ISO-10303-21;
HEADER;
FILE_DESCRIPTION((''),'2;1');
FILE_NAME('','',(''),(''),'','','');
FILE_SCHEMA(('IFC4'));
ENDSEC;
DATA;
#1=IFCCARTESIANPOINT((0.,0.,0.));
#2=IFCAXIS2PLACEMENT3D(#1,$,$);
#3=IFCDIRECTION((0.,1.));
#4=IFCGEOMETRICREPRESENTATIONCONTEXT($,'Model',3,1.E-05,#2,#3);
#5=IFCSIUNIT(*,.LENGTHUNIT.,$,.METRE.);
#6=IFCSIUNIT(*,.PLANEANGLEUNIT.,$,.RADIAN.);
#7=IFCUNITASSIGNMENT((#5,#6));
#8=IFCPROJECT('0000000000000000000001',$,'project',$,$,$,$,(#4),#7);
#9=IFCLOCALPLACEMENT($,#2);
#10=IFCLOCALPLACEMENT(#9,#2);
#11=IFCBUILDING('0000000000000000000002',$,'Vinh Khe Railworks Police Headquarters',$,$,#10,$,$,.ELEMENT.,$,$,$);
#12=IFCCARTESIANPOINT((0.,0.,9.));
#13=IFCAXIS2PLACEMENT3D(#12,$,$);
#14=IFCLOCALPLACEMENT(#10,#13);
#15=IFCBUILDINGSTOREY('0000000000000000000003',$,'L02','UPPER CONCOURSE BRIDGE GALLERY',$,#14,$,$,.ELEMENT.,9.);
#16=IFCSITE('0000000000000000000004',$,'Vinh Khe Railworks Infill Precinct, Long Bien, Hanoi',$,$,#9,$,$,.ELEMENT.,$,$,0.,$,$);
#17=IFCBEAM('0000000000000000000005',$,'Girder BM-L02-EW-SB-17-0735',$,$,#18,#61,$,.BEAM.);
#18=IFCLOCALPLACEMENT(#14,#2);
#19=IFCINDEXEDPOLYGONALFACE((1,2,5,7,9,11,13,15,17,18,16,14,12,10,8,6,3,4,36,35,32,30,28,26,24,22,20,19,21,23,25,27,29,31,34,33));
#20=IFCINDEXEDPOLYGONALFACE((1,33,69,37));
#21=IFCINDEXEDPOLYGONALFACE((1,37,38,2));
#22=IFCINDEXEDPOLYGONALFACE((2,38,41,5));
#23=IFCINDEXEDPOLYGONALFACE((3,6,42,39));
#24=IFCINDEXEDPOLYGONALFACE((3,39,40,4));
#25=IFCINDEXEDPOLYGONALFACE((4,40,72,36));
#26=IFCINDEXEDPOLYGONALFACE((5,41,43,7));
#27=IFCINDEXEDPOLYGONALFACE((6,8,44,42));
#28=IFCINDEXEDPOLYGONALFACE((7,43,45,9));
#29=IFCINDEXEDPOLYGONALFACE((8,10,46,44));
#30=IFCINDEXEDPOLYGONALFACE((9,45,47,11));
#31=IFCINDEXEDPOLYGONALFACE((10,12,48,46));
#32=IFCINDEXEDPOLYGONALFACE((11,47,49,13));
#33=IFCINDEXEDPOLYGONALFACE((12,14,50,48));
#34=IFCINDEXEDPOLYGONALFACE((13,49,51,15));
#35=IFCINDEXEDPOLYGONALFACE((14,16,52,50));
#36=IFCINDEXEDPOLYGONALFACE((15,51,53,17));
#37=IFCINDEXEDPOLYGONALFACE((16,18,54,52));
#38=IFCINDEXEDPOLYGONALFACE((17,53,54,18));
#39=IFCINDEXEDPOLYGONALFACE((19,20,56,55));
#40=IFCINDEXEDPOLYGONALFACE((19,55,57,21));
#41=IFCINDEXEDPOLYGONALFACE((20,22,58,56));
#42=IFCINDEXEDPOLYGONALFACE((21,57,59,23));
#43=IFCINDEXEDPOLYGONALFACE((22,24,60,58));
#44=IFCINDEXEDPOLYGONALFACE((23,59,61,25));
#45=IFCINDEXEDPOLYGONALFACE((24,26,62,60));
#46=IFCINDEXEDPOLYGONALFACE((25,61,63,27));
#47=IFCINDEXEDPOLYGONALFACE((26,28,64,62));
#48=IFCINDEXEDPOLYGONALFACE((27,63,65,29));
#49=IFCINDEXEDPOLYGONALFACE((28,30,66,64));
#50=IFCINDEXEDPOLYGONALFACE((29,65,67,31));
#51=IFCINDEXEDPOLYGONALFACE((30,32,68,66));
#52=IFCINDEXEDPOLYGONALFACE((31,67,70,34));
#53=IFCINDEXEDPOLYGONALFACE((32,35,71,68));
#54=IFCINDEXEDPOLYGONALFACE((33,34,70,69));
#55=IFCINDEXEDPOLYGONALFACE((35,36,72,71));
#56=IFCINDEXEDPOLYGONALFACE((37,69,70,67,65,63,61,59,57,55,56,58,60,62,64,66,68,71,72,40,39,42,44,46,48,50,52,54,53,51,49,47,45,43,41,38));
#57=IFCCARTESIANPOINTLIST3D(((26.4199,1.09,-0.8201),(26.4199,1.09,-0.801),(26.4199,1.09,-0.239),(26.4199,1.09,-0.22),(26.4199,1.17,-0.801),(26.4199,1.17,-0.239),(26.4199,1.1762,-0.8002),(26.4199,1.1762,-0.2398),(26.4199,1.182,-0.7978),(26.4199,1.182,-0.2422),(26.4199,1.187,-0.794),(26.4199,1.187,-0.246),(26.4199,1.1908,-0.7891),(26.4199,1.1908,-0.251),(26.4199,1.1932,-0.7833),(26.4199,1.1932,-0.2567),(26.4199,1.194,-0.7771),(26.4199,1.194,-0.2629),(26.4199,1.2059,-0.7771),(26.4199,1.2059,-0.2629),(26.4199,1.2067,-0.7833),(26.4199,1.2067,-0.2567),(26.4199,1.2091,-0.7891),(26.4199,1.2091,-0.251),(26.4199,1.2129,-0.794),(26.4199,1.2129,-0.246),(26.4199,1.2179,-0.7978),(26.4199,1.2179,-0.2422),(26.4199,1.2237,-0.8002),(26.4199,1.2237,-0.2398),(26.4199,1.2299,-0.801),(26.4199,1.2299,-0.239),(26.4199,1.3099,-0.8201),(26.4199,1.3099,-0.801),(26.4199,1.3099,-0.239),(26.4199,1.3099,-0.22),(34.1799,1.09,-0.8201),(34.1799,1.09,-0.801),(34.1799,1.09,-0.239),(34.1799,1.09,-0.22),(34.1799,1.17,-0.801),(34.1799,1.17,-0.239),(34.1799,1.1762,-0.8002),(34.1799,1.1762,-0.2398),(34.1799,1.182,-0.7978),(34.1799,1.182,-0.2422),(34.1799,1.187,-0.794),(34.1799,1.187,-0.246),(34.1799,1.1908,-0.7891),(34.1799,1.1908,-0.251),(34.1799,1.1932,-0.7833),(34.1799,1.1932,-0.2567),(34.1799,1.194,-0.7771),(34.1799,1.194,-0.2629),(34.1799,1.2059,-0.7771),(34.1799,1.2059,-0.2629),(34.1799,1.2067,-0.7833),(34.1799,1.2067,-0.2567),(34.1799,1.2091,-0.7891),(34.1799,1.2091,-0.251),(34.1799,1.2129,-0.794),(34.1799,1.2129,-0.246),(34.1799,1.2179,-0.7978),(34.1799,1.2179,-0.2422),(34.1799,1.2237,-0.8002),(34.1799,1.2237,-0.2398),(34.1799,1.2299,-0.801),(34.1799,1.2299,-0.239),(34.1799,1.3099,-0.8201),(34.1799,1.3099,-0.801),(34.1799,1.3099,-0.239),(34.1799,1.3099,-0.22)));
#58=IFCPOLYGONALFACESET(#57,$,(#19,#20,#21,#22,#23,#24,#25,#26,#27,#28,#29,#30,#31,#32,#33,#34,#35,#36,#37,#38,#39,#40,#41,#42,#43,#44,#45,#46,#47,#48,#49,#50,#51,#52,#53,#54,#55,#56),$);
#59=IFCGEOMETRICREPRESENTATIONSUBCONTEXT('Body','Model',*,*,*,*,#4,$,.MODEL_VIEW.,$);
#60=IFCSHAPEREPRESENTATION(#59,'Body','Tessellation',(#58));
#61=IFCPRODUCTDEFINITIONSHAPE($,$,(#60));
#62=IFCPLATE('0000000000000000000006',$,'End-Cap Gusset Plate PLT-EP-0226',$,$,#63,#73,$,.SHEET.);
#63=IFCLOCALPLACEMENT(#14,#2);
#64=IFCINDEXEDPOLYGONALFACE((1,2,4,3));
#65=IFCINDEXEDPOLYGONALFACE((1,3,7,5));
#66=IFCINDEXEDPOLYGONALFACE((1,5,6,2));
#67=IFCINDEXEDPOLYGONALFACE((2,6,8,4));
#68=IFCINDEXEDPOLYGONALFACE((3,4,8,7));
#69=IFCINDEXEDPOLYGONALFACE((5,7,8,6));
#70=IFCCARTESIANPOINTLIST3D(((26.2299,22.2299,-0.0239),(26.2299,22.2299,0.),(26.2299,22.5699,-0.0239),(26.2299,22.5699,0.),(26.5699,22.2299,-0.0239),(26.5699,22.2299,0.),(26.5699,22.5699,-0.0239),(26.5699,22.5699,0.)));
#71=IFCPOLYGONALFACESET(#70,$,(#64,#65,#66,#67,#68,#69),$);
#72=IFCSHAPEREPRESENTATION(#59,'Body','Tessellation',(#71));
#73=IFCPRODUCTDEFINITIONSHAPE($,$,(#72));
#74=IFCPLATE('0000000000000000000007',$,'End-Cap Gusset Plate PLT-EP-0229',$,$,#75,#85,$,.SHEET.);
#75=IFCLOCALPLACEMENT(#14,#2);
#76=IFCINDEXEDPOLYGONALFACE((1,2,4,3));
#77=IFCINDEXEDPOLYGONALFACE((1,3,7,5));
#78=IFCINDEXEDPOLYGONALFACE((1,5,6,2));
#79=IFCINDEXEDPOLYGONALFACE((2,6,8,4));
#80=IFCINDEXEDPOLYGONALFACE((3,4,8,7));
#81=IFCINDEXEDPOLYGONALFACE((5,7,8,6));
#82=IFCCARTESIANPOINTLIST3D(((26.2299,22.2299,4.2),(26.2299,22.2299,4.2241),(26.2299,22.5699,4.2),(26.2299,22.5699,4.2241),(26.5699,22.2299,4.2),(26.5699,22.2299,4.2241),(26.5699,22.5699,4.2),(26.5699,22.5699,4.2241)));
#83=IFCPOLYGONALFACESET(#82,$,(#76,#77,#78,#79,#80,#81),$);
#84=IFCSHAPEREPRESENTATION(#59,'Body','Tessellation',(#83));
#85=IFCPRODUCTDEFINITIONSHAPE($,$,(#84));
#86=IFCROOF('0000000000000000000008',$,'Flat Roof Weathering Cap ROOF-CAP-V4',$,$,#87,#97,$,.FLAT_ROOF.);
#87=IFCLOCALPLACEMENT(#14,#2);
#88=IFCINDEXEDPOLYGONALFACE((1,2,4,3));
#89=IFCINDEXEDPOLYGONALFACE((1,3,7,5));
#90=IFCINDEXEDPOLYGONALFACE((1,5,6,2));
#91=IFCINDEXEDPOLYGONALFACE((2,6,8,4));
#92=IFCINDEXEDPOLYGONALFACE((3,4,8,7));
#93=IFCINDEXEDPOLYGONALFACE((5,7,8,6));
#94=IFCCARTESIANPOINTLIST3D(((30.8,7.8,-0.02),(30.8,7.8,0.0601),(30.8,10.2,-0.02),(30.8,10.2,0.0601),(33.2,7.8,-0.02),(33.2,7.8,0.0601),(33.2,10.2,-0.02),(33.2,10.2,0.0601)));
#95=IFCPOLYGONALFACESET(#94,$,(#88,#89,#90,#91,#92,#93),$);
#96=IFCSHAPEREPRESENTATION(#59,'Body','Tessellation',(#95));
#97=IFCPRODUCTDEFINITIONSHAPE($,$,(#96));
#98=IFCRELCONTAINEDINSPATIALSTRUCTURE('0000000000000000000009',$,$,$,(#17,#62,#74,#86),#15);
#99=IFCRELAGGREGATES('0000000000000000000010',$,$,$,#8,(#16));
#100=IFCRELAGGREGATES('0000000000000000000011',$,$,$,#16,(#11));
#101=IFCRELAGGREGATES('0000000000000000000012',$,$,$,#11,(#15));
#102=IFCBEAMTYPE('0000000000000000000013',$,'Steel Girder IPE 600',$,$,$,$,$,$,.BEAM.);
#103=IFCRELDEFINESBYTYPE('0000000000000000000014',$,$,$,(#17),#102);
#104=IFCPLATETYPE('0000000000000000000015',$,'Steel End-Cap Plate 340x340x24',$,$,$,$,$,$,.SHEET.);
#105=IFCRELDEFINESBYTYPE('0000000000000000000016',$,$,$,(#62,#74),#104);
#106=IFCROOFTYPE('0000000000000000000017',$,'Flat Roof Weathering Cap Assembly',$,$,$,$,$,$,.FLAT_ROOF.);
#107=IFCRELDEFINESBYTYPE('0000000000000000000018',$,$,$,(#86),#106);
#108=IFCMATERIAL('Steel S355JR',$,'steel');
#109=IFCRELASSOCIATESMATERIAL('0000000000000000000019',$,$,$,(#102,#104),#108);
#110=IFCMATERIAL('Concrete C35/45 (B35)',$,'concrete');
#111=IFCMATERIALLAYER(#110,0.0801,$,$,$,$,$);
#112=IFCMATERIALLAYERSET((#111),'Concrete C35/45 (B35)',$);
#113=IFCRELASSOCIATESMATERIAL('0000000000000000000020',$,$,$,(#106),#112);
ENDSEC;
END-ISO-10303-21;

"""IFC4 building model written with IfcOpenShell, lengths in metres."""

from ifc_helpers import new_model, si_unit, direction, frame, origin, origin_2d, place, context, subcontext, project, spatial, rectangle, i_section, extrude, material, layer, layer_set, material_profile, profile_set, type_object, element, save


model = new_model("IFC4")

# Units and contexts
model_context = context("Model", 3, precision=1e-05, world=origin(), true_north=direction((0.0, 1.0)))
body_context = subcontext(model_context, "Body", "Model", "MODEL_VIEW")
ifc_project = project(units=[si_unit("LENGTHUNIT", "METRE"), si_unit("PLANEANGLEUNIT", "RADIAN")], contexts=[model_context])

# Site, building, storey
site_placement = place(None, origin())
site = spatial("IfcSite", under=ifc_project, at=site_placement, Name="Vinh Khe Railworks Infill Precinct, Long Bien, Hanoi", CompositionType="ELEMENT", RefElevation=0.0)
building_placement = place(site_placement, origin())
building = spatial("IfcBuilding", under=site, at=building_placement, Name="Vinh Khe Railworks Police Headquarters", CompositionType="ELEMENT")
storey_placement = place(building_placement, frame((0.0, 0.0, 9.0)))
storey = spatial("IfcBuildingStorey", under=building, at=storey_placement, Name="L02", Description="UPPER CONCOURSE BRIDGE GALLERY", CompositionType="ELEMENT", Elevation=9.0)

# Shared definitions
ifc_material_1 = material(Name="Steel S355JR", Category="steel")

# Beam
ifc_material_profile_1 = material_profile(ifc_material_1, i_section(OverallWidth=0.22, OverallDepth=0.6001, WebThickness=0.012, FlangeThickness=0.019, FilletRadius=0.0239, at=origin_2d()), Name="IPE 600")
ifc_profile_set_1 = profile_set([ifc_material_profile_1], Name="Steel S355JR")
beam_type_1 = type_object("IfcBeamType", Name="Steel Girder IPE 600", PredefinedType="BEAM", material=ifc_profile_set_1)
beam_1_placement = place(storey_placement, frame((26.4199, 1.2, -0.52), z_axis=(1.0, 0.0, 0.0), x_axis=(0.0, 1.0, 0.0)))
element("IfcBeam", 1, at=beam_1_placement, inside=storey, type_object=beam_type_1, Name="Girder BM-L02-EW-SB-17-0735", PredefinedType="BEAM", context=body_context, shape_type="SweptSolid", body=[
    extrude(i_section(OverallWidth=0.22, OverallDepth=0.6001, WebThickness=0.012, FlangeThickness=0.019, FilletRadius=0.0239, at=origin_2d()), origin(), (0.0, 0.0, 1.0), 7.76),
])

# Plates
ifc_material_profile_2 = material_profile(ifc_material_1, rectangle(XDim=0.3401, YDim=0.3401, at=origin_2d()), Name="PL 340x340")
ifc_profile_set_2 = profile_set([ifc_material_profile_2], Name="Steel S355JR")
plate_type = type_object("IfcPlateType", Name="Steel End-Cap Plate 340x340x24", PredefinedType="SHEET", material=ifc_profile_set_2)
plate_1_placement = place(storey_placement, frame((26.3999, 22.3999, 0.0), z_axis=(0.0, 0.0, -1.0), x_axis=(1.0, 0.0, 0.0)))
element("IfcPlate", 2, at=plate_1_placement, inside=storey, type_object=plate_type, Name="End-Cap Gusset Plate PLT-EP-0226", PredefinedType="SHEET", context=body_context, shape_type="SweptSolid", body=[
    extrude(rectangle(XDim=0.3401, YDim=0.3401, at=origin_2d()), origin(), (0.0, 0.0, 1.0), 0.0239),
])
plate_2_placement = place(storey_placement, frame((26.3999, 22.3999, 4.2), z_axis=(0.0, 0.0, 1.0), x_axis=(1.0, 0.0, 0.0)))
element("IfcPlate", 3, at=plate_2_placement, inside=storey, type_object=plate_type, Name="End-Cap Gusset Plate PLT-EP-0229", PredefinedType="SHEET", context=body_context, shape_type="SweptSolid", body=[
    extrude(rectangle(XDim=0.3401, YDim=0.3401, at=origin_2d()), origin(), (0.0, 0.0, 1.0), 0.0242),
])

# Roof
ifc_material_2 = material(Name="Concrete C35/45 (B35)", Category="concrete")
ifc_layer = layer(ifc_material_2, 0.0801)
ifc_layer_set = layer_set([ifc_layer], Name="Concrete C35/45 (B35)")
roof_type = type_object("IfcRoofType", Name="Flat Roof Weathering Cap Assembly", PredefinedType="FLAT_ROOF", material=ifc_layer_set)
roof_placement = place(storey_placement, frame((32.0, 9.0, -0.02), z_axis=(0.0, 0.0, 1.0), x_axis=(1.0, 0.0, 0.0)))
element("IfcRoof", 4, at=roof_placement, inside=storey, type_object=roof_type, Name="Flat Roof Weathering Cap ROOF-CAP-V4", PredefinedType="FLAT_ROOF", context=body_context, shape_type="SweptSolid", body=[
    extrude(rectangle(XDim=2.3999, YDim=2.3999, at=origin_2d()), origin(), (0.0, 0.0, 1.0), 0.0801),
])

save(model, "model.ifc")
